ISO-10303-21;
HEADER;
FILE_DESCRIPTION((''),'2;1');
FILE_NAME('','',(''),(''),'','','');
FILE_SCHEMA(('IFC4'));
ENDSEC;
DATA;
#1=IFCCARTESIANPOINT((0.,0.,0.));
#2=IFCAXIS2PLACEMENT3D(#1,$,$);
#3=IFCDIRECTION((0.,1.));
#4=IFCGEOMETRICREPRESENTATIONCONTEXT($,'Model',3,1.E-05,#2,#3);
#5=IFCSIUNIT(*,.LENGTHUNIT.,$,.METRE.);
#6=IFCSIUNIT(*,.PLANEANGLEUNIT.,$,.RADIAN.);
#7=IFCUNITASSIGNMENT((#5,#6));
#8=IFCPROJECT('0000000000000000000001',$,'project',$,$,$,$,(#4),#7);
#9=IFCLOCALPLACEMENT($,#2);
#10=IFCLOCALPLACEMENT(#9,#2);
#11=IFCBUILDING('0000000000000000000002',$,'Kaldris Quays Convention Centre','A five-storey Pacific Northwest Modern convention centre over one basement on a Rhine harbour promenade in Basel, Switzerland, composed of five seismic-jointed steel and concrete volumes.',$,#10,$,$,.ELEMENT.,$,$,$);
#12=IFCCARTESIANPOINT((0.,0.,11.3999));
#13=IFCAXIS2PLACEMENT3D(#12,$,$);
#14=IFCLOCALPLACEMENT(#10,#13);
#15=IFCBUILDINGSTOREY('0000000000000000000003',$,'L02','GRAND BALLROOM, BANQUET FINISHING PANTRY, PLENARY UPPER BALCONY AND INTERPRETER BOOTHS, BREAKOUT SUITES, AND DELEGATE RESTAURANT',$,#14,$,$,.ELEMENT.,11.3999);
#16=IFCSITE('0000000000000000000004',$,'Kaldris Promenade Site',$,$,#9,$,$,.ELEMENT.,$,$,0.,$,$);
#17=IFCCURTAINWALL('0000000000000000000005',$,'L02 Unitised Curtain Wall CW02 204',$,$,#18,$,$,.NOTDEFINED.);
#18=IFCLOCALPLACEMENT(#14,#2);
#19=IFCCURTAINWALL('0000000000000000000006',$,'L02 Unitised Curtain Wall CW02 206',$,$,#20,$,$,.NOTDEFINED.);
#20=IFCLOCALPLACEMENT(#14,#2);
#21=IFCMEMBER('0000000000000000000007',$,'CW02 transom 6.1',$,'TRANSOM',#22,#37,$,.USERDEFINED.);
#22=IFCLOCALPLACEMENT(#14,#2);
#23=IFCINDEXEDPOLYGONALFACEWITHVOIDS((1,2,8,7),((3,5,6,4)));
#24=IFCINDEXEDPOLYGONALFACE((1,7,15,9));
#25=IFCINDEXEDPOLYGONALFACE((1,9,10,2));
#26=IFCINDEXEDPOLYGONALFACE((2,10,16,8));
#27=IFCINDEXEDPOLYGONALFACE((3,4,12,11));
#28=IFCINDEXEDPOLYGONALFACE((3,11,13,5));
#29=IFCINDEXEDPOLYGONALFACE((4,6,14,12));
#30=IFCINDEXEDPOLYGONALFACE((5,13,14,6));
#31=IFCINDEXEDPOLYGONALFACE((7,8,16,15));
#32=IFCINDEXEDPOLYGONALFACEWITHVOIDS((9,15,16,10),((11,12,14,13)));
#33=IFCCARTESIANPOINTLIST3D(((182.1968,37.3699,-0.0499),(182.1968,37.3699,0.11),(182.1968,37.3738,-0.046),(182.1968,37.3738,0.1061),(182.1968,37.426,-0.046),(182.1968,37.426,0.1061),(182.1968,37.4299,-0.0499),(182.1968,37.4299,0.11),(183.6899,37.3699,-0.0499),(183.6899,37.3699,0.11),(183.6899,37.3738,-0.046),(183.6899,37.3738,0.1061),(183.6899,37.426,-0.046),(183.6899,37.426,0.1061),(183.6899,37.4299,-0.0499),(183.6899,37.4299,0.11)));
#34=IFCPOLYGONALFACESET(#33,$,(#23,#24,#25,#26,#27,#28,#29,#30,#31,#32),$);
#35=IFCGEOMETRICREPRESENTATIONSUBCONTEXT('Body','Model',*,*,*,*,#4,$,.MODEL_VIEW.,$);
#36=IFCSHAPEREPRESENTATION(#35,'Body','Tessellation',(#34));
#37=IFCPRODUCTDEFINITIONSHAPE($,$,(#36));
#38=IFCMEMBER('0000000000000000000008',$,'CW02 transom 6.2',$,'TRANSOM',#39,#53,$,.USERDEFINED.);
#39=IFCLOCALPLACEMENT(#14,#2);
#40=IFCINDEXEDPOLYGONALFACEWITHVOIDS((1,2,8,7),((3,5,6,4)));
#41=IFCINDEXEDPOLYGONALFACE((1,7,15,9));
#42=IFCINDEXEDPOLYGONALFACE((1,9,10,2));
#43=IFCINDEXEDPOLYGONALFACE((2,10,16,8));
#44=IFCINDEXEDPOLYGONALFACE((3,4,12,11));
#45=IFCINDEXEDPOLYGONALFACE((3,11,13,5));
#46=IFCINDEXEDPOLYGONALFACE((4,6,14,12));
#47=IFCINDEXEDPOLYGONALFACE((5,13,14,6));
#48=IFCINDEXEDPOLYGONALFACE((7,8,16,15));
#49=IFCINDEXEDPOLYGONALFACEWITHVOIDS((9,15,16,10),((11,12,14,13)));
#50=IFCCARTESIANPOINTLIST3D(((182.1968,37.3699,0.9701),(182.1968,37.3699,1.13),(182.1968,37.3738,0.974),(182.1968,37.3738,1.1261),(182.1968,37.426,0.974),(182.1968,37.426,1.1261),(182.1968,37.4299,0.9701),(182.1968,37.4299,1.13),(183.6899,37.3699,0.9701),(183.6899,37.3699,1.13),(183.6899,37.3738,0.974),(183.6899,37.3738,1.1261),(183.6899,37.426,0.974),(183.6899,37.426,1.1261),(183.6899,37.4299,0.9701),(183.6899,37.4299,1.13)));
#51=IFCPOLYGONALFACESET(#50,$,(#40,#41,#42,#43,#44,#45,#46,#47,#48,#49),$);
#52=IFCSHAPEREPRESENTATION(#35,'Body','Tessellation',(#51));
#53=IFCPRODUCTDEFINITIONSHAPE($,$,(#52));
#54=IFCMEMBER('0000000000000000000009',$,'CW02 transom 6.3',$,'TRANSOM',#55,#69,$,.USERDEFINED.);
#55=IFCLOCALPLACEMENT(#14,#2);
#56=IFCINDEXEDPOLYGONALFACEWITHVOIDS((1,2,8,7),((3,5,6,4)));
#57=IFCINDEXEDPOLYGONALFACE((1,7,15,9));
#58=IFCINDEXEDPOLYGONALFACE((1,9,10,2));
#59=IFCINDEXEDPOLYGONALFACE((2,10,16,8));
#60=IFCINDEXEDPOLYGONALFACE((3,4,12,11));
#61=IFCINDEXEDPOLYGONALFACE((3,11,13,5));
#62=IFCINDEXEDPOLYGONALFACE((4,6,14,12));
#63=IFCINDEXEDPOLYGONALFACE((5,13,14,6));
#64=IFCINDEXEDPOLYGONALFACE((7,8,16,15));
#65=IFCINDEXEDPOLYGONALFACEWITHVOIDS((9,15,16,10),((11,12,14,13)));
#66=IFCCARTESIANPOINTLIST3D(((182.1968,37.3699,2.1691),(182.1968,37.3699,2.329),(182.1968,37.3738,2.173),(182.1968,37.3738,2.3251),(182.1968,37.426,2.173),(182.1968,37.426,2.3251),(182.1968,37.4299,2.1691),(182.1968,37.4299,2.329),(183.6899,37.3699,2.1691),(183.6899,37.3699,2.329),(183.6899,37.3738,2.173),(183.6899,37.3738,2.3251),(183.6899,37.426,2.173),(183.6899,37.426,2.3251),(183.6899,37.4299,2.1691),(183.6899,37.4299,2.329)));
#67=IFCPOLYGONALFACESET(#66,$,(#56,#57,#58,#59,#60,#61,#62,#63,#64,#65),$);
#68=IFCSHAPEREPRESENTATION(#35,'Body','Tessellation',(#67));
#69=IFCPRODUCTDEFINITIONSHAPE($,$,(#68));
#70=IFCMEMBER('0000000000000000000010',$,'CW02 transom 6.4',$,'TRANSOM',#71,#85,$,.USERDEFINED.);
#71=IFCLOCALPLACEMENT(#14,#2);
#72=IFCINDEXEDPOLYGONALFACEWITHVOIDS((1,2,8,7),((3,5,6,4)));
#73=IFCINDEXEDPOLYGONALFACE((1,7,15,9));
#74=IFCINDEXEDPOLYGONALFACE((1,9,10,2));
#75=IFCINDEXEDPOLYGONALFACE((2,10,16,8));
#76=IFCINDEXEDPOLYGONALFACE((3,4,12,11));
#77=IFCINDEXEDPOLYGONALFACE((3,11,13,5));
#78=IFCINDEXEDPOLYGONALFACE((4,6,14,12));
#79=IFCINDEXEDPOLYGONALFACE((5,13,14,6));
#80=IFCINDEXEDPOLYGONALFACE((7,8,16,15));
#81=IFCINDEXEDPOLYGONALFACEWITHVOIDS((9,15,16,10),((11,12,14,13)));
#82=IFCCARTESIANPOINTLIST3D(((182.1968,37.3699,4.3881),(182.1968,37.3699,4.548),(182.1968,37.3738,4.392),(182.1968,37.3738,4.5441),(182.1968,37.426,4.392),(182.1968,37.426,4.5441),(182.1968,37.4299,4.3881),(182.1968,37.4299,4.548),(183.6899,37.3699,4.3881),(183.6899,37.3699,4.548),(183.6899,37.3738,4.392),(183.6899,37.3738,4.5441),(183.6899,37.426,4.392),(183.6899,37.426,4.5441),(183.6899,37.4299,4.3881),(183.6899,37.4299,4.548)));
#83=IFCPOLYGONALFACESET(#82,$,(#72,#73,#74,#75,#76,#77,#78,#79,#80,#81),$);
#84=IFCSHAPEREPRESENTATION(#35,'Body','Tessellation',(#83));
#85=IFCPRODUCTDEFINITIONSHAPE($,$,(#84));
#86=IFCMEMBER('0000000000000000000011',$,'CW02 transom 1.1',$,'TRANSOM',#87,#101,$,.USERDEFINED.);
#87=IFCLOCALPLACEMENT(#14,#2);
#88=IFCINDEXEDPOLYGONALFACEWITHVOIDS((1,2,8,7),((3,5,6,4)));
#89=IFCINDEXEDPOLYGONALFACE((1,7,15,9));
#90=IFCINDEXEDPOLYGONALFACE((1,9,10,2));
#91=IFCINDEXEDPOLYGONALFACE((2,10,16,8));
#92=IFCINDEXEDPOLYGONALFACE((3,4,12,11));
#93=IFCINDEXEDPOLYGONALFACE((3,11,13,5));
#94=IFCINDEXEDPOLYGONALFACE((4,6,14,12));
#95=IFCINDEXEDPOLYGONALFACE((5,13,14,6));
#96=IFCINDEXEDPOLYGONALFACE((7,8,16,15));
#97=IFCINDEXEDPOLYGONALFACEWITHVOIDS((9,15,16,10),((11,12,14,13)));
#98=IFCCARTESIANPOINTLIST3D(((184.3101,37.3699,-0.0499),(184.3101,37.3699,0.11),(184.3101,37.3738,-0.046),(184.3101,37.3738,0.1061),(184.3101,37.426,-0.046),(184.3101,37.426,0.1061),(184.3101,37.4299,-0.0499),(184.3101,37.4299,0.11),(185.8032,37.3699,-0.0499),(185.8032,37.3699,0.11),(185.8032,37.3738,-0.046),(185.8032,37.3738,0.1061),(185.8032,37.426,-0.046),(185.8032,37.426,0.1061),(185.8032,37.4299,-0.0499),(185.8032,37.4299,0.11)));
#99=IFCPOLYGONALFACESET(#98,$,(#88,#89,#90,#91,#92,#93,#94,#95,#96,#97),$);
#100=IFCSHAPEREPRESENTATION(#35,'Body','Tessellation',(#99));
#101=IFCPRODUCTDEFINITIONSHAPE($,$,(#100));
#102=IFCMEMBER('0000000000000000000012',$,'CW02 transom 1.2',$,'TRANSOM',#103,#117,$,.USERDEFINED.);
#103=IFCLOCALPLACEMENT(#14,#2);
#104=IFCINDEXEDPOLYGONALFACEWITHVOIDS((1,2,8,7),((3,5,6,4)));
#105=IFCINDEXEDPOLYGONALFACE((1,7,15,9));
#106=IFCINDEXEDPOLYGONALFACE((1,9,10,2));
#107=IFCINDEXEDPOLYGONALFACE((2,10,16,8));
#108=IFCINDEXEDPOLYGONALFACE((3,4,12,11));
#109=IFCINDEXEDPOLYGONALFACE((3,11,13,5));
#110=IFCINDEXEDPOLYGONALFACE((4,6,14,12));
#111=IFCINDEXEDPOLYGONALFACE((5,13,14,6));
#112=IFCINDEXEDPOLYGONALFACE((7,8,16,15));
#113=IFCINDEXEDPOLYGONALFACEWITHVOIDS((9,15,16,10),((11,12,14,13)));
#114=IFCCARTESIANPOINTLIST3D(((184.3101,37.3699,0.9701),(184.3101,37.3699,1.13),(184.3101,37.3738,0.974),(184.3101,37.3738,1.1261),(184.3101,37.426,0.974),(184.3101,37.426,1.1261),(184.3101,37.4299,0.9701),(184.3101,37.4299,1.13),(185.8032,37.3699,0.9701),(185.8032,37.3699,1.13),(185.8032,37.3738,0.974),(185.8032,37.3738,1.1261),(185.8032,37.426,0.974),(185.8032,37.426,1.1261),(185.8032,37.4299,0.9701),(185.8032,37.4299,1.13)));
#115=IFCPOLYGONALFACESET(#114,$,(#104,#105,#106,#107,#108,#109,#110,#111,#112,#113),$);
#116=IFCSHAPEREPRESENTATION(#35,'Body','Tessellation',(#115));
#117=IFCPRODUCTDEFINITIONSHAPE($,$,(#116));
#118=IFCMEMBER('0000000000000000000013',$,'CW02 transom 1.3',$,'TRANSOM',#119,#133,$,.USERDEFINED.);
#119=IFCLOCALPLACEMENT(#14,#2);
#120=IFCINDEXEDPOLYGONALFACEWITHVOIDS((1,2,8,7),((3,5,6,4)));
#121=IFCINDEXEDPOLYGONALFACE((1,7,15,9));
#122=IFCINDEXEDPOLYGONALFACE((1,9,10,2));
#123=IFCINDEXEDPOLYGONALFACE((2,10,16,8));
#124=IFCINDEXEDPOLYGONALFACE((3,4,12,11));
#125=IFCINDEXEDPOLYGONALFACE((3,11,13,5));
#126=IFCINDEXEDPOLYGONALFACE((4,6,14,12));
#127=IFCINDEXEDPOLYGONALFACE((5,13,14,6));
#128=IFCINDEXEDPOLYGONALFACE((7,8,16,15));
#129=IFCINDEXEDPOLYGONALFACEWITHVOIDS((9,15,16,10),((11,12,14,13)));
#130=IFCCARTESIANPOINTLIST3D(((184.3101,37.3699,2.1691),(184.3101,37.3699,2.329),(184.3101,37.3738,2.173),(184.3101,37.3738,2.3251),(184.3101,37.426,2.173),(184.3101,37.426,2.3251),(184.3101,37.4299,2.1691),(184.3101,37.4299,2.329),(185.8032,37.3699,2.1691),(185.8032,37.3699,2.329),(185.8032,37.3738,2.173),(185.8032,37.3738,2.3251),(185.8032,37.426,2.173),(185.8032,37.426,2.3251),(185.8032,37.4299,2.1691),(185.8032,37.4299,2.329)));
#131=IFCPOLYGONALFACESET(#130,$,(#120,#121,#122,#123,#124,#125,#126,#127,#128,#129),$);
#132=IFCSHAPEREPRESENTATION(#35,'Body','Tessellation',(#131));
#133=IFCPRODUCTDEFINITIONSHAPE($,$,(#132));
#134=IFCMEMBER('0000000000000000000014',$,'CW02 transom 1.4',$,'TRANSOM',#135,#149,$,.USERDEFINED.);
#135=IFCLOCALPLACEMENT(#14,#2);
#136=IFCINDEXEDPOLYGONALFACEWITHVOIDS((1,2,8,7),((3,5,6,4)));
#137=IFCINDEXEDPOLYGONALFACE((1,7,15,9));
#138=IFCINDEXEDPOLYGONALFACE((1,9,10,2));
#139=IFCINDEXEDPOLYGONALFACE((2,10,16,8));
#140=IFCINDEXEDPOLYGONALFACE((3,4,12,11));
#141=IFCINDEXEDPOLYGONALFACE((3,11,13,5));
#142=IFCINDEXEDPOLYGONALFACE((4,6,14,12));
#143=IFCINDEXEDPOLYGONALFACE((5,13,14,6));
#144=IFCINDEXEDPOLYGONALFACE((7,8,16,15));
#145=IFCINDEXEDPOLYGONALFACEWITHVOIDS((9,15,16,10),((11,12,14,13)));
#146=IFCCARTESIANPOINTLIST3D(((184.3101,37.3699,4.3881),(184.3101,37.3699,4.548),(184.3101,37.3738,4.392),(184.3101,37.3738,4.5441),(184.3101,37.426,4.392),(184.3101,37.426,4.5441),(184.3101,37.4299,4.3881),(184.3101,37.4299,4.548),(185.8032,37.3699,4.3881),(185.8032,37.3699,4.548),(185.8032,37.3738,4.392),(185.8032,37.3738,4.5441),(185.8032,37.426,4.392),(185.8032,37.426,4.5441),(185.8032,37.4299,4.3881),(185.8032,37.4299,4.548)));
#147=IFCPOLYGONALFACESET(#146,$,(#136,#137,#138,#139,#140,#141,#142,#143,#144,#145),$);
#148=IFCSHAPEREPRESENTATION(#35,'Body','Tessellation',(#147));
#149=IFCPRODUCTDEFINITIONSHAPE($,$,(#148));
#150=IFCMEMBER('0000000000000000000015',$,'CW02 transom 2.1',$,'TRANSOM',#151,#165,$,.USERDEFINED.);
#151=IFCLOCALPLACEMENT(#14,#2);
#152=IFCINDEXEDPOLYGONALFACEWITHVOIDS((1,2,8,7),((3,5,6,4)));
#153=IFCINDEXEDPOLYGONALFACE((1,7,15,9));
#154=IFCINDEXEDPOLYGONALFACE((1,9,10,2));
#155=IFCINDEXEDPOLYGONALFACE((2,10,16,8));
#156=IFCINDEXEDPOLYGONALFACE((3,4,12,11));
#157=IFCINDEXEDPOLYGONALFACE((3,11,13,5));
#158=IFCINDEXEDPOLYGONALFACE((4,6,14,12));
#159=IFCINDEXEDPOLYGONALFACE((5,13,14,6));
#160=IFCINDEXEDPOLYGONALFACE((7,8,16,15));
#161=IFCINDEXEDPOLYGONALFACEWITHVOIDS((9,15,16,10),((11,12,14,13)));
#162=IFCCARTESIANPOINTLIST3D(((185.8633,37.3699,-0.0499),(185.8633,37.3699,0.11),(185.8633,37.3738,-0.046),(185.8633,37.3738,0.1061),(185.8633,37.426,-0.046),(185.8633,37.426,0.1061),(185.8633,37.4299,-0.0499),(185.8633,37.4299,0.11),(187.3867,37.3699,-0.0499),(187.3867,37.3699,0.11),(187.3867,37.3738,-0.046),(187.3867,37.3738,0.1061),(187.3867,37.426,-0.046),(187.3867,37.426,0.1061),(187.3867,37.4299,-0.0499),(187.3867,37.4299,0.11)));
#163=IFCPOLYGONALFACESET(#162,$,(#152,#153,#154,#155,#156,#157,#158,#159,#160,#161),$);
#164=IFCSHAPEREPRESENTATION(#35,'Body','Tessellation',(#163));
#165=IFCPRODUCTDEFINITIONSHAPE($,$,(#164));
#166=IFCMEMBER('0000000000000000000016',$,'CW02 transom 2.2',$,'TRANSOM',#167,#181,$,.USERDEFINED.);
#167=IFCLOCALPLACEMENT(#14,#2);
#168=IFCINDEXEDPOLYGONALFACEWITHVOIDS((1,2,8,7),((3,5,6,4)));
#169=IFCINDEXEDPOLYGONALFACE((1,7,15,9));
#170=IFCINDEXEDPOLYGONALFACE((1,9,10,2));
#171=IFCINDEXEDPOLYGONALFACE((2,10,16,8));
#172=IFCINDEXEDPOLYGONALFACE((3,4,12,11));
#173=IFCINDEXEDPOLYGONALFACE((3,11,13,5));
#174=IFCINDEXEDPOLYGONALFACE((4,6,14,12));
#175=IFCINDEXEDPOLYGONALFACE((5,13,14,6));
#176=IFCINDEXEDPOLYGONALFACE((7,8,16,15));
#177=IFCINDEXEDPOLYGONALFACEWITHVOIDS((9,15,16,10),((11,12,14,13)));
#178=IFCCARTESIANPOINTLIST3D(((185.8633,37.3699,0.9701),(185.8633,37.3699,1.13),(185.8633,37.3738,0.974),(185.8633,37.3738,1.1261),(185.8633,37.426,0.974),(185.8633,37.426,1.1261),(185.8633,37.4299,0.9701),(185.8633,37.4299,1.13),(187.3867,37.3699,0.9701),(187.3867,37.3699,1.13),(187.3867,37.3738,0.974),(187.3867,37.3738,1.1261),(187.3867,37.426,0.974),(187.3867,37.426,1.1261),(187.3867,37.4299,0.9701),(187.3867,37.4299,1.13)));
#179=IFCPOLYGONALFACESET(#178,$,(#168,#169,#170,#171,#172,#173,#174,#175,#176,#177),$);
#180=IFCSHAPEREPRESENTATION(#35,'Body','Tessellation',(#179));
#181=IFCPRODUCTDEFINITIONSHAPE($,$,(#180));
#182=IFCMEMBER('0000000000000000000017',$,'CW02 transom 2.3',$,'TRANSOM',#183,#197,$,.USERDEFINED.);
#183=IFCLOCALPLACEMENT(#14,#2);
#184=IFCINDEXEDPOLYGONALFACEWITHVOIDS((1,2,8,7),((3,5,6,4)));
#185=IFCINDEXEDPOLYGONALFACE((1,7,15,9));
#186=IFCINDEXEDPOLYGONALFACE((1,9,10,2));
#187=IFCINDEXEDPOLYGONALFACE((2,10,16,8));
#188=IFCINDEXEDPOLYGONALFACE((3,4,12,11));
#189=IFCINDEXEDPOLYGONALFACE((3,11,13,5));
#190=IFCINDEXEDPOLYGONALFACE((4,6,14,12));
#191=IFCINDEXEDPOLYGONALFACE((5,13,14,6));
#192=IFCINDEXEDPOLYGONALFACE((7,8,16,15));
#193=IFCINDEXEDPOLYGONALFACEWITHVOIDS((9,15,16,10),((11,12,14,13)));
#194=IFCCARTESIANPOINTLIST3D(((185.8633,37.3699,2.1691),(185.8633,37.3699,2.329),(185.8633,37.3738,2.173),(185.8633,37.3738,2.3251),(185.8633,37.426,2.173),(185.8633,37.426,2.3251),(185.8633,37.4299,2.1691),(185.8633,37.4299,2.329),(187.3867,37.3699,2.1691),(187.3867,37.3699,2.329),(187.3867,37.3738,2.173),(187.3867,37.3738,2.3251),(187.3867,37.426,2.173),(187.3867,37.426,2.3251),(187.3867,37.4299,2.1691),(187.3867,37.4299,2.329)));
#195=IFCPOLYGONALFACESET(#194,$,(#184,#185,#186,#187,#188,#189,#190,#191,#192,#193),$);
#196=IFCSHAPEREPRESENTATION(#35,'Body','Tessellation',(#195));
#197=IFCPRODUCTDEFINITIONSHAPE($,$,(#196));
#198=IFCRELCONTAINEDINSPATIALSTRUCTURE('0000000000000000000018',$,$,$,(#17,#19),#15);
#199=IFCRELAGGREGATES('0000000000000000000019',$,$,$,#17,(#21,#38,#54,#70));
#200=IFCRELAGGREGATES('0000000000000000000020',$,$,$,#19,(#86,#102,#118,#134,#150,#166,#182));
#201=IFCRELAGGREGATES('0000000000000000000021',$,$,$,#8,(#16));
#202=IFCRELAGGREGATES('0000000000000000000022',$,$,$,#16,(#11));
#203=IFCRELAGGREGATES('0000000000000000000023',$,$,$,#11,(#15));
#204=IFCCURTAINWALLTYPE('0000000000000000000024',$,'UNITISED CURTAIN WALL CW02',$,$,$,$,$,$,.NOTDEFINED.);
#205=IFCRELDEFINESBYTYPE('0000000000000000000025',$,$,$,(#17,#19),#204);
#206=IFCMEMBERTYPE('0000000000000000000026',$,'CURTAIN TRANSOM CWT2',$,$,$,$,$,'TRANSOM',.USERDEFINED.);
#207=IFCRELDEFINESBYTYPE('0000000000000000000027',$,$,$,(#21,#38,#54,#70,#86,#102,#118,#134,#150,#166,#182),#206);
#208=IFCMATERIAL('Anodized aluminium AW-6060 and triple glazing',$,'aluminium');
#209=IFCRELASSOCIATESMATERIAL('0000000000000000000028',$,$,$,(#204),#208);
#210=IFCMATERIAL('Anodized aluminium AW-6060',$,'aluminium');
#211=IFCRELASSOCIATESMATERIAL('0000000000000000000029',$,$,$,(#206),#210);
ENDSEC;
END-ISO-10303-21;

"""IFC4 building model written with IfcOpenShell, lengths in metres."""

from ifc_helpers import new_model, si_unit, direction, frame, origin, origin_2d, place, context, subcontext, project, spatial, hollow_rectangle, extrude, material, material_profile, profile_set, type_object, element, aggregate, save


model = new_model("IFC4")

# Units and contexts
model_context = context("Model", 3, precision=1e-05, world=origin(), true_north=direction((0.0, 1.0)))
body_context = subcontext(model_context, "Body", "Model", "MODEL_VIEW")
ifc_project = project(units=[si_unit("LENGTHUNIT", "METRE"), si_unit("PLANEANGLEUNIT", "RADIAN")], contexts=[model_context])

# Site, building, storey
site_placement = place(None, origin())
site = spatial("IfcSite", under=ifc_project, at=site_placement, Name="Kaldris Promenade Site", CompositionType="ELEMENT", RefElevation=0.0)
building_placement = place(site_placement, origin())
building = spatial("IfcBuilding", under=site, at=building_placement, Name="Kaldris Quays Convention Centre", Description="A five-storey Pacific Northwest Modern convention centre over one basement on a Rhine harbour promenade in Basel, Switzerland, composed of five seismic-jointed steel and concrete volumes.", CompositionType="ELEMENT")
storey_placement = place(building_placement, frame((0.0, 0.0, 11.3999)))
storey = spatial("IfcBuildingStorey", under=building, at=storey_placement, Name="L02", Description="GRAND BALLROOM, BANQUET FINISHING PANTRY, PLENARY UPPER BALCONY AND INTERPRETER BOOTHS, BREAKOUT SUITES, AND DELEGATE RESTAURANT", CompositionType="ELEMENT", Elevation=11.3999)

# Curtain walls
ifc_material_1 = material(Name="Anodized aluminium AW-6060 and triple glazing", Category="aluminium")
curtain_wall_type = type_object("IfcCurtainWallType", Name="UNITISED CURTAIN WALL CW02", PredefinedType="NOTDEFINED", material=ifc_material_1)
curtain_wall_1_placement = place(storey_placement, origin())
curtain_wall_1 = element("IfcCurtainWall", 1, at=curtain_wall_1_placement, inside=storey, type_object=curtain_wall_type, Name="L02 Unitised Curtain Wall CW02 204", PredefinedType="NOTDEFINED")
ifc_material_2 = material(Name="Anodized aluminium AW-6060", Category="aluminium")
curtain_wall_2_placement = place(storey_placement, origin())
curtain_wall_2 = element("IfcCurtainWall", 2, at=curtain_wall_2_placement, inside=storey, type_object=curtain_wall_type, Name="L02 Unitised Curtain Wall CW02 206", PredefinedType="NOTDEFINED")

# Members
ifc_material_profile_1 = material_profile(ifc_material_2, hollow_rectangle(XDim=0.0601, YDim=0.1599, WallThickness=0.0039, at=origin_2d()), Name="RHS 160x60x4")
ifc_profile_set_1 = profile_set([ifc_material_profile_1], Name="Anodized aluminium AW-6060")
member_type_1 = type_object("IfcMemberType", Name="CURTAIN TRANSOM CWT2", ElementType="TRANSOM", PredefinedType="USERDEFINED", material=ifc_profile_set_1)
member_1_placement = place(storey_placement, frame((182.1968, 37.3999, 0.03), z_axis=(1.0, 0.0, 0.0), x_axis=(0.0, 1.0, 0.0)))
member_1 = element("IfcMember", 3, at=member_1_placement, type_object=member_type_1, Name="CW02 transom 6.1", ObjectType="TRANSOM", PredefinedType="USERDEFINED", context=body_context, shape_type="SweptSolid", body=[
    extrude(hollow_rectangle(XDim=0.0601, YDim=0.1599, WallThickness=0.0039, at=origin_2d()), origin(), (0.0, 0.0, 1.0), 1.4932),
])
member_2_placement = place(storey_placement, frame((182.1968, 37.3999, 1.05), z_axis=(1.0, 0.0, 0.0), x_axis=(0.0, 1.0, 0.0)))
member_2 = element("IfcMember", 4, at=member_2_placement, type_object=member_type_1, Name="CW02 transom 6.2", ObjectType="TRANSOM", PredefinedType="USERDEFINED", context=body_context, shape_type="SweptSolid", body=[
    extrude(hollow_rectangle(XDim=0.0601, YDim=0.1599, WallThickness=0.0039, at=origin_2d()), origin(), (0.0, 0.0, 1.0), 1.4932),
])
member_3_placement = place(storey_placement, frame((182.1968, 37.3999, 2.249), z_axis=(1.0, 0.0, 0.0), x_axis=(0.0, 1.0, 0.0)))
member_3 = element("IfcMember", 5, at=member_3_placement, type_object=member_type_1, Name="CW02 transom 6.3", ObjectType="TRANSOM", PredefinedType="USERDEFINED", context=body_context, shape_type="SweptSolid", body=[
    extrude(hollow_rectangle(XDim=0.0601, YDim=0.1599, WallThickness=0.0039, at=origin_2d()), origin(), (0.0, 0.0, 1.0), 1.4932),
])
member_4_placement = place(storey_placement, frame((182.1968, 37.3999, 4.468), z_axis=(1.0, 0.0, 0.0), x_axis=(0.0, 1.0, 0.0)))
member_4 = element("IfcMember", 6, at=member_4_placement, type_object=member_type_1, Name="CW02 transom 6.4", ObjectType="TRANSOM", PredefinedType="USERDEFINED", context=body_context, shape_type="SweptSolid", body=[
    extrude(hollow_rectangle(XDim=0.0601, YDim=0.1599, WallThickness=0.0039, at=origin_2d()), origin(), (0.0, 0.0, 1.0), 1.4932),
])
member_5_placement = place(storey_placement, frame((184.3101, 37.3999, 0.03), z_axis=(1.0, 0.0, 0.0), x_axis=(0.0, 1.0, 0.0)))
member_5 = element("IfcMember", 7, at=member_5_placement, type_object=member_type_1, Name="CW02 transom 1.1", ObjectType="TRANSOM", PredefinedType="USERDEFINED", context=body_context, shape_type="SweptSolid", body=[
    extrude(hollow_rectangle(XDim=0.0601, YDim=0.1599, WallThickness=0.0039, at=origin_2d()), origin(), (0.0, 0.0, 1.0), 1.4932),
])
member_6_placement = place(storey_placement, frame((184.3101, 37.3999, 1.05), z_axis=(1.0, 0.0, 0.0), x_axis=(0.0, 1.0, 0.0)))
member_6 = element("IfcMember", 8, at=member_6_placement, type_object=member_type_1, Name="CW02 transom 1.2", ObjectType="TRANSOM", PredefinedType="USERDEFINED", context=body_context, shape_type="SweptSolid", body=[
    extrude(hollow_rectangle(XDim=0.0601, YDim=0.1599, WallThickness=0.0039, at=origin_2d()), origin(), (0.0, 0.0, 1.0), 1.4932),
])
member_7_placement = place(storey_placement, frame((184.3101, 37.3999, 2.249), z_axis=(1.0, 0.0, 0.0), x_axis=(0.0, 1.0, 0.0)))
member_7 = element("IfcMember", 9, at=member_7_placement, type_object=member_type_1, Name="CW02 transom 1.3", ObjectType="TRANSOM", PredefinedType="USERDEFINED", context=body_context, shape_type="SweptSolid", body=[
    extrude(hollow_rectangle(XDim=0.0601, YDim=0.1599, WallThickness=0.0039, at=origin_2d()), origin(), (0.0, 0.0, 1.0), 1.4932),
])
member_8_placement = place(storey_placement, frame((184.3101, 37.3999, 4.468), z_axis=(1.0, 0.0, 0.0), x_axis=(0.0, 1.0, 0.0)))
member_8 = element("IfcMember", 10, at=member_8_placement, type_object=member_type_1, Name="CW02 transom 1.4", ObjectType="TRANSOM", PredefinedType="USERDEFINED", context=body_context, shape_type="SweptSolid", body=[
    extrude(hollow_rectangle(XDim=0.0601, YDim=0.1599, WallThickness=0.0039, at=origin_2d()), origin(), (0.0, 0.0, 1.0), 1.4932),
])
member_9_placement = place(storey_placement, frame((185.8633, 37.3999, 0.03), z_axis=(1.0, 0.0, 0.0), x_axis=(0.0, 1.0, 0.0)))
member_9 = element("IfcMember", 11, at=member_9_placement, type_object=member_type_1, Name="CW02 transom 2.1", ObjectType="TRANSOM", PredefinedType="USERDEFINED", context=body_context, shape_type="SweptSolid", body=[
    extrude(hollow_rectangle(XDim=0.0601, YDim=0.1599, WallThickness=0.0039, at=origin_2d()), origin(), (0.0, 0.0, 1.0), 1.5234),
])
member_10_placement = place(storey_placement, frame((185.8633, 37.3999, 1.05), z_axis=(1.0, 0.0, 0.0), x_axis=(0.0, 1.0, 0.0)))
member_10 = element("IfcMember", 12, at=member_10_placement, type_object=member_type_1, Name="CW02 transom 2.2", ObjectType="TRANSOM", PredefinedType="USERDEFINED", context=body_context, shape_type="SweptSolid", body=[
    extrude(hollow_rectangle(XDim=0.0601, YDim=0.1599, WallThickness=0.0039, at=origin_2d()), origin(), (0.0, 0.0, 1.0), 1.5234),
])
member_11_placement = place(storey_placement, frame((185.8633, 37.3999, 2.249), z_axis=(1.0, 0.0, 0.0), x_axis=(0.0, 1.0, 0.0)))
member_11 = element("IfcMember", 13, at=member_11_placement, type_object=member_type_1, Name="CW02 transom 2.3", ObjectType="TRANSOM", PredefinedType="USERDEFINED", context=body_context, shape_type="SweptSolid", body=[
    extrude(hollow_rectangle(XDim=0.0601, YDim=0.1599, WallThickness=0.0039, at=origin_2d()), origin(), (0.0, 0.0, 1.0), 1.5234),
])

aggregate(curtain_wall_1, [member_1, member_2, member_3, member_4])
aggregate(curtain_wall_2, [member_5, member_6, member_7, member_8, member_9, member_10, member_11])

save(model, "model.ifc")
